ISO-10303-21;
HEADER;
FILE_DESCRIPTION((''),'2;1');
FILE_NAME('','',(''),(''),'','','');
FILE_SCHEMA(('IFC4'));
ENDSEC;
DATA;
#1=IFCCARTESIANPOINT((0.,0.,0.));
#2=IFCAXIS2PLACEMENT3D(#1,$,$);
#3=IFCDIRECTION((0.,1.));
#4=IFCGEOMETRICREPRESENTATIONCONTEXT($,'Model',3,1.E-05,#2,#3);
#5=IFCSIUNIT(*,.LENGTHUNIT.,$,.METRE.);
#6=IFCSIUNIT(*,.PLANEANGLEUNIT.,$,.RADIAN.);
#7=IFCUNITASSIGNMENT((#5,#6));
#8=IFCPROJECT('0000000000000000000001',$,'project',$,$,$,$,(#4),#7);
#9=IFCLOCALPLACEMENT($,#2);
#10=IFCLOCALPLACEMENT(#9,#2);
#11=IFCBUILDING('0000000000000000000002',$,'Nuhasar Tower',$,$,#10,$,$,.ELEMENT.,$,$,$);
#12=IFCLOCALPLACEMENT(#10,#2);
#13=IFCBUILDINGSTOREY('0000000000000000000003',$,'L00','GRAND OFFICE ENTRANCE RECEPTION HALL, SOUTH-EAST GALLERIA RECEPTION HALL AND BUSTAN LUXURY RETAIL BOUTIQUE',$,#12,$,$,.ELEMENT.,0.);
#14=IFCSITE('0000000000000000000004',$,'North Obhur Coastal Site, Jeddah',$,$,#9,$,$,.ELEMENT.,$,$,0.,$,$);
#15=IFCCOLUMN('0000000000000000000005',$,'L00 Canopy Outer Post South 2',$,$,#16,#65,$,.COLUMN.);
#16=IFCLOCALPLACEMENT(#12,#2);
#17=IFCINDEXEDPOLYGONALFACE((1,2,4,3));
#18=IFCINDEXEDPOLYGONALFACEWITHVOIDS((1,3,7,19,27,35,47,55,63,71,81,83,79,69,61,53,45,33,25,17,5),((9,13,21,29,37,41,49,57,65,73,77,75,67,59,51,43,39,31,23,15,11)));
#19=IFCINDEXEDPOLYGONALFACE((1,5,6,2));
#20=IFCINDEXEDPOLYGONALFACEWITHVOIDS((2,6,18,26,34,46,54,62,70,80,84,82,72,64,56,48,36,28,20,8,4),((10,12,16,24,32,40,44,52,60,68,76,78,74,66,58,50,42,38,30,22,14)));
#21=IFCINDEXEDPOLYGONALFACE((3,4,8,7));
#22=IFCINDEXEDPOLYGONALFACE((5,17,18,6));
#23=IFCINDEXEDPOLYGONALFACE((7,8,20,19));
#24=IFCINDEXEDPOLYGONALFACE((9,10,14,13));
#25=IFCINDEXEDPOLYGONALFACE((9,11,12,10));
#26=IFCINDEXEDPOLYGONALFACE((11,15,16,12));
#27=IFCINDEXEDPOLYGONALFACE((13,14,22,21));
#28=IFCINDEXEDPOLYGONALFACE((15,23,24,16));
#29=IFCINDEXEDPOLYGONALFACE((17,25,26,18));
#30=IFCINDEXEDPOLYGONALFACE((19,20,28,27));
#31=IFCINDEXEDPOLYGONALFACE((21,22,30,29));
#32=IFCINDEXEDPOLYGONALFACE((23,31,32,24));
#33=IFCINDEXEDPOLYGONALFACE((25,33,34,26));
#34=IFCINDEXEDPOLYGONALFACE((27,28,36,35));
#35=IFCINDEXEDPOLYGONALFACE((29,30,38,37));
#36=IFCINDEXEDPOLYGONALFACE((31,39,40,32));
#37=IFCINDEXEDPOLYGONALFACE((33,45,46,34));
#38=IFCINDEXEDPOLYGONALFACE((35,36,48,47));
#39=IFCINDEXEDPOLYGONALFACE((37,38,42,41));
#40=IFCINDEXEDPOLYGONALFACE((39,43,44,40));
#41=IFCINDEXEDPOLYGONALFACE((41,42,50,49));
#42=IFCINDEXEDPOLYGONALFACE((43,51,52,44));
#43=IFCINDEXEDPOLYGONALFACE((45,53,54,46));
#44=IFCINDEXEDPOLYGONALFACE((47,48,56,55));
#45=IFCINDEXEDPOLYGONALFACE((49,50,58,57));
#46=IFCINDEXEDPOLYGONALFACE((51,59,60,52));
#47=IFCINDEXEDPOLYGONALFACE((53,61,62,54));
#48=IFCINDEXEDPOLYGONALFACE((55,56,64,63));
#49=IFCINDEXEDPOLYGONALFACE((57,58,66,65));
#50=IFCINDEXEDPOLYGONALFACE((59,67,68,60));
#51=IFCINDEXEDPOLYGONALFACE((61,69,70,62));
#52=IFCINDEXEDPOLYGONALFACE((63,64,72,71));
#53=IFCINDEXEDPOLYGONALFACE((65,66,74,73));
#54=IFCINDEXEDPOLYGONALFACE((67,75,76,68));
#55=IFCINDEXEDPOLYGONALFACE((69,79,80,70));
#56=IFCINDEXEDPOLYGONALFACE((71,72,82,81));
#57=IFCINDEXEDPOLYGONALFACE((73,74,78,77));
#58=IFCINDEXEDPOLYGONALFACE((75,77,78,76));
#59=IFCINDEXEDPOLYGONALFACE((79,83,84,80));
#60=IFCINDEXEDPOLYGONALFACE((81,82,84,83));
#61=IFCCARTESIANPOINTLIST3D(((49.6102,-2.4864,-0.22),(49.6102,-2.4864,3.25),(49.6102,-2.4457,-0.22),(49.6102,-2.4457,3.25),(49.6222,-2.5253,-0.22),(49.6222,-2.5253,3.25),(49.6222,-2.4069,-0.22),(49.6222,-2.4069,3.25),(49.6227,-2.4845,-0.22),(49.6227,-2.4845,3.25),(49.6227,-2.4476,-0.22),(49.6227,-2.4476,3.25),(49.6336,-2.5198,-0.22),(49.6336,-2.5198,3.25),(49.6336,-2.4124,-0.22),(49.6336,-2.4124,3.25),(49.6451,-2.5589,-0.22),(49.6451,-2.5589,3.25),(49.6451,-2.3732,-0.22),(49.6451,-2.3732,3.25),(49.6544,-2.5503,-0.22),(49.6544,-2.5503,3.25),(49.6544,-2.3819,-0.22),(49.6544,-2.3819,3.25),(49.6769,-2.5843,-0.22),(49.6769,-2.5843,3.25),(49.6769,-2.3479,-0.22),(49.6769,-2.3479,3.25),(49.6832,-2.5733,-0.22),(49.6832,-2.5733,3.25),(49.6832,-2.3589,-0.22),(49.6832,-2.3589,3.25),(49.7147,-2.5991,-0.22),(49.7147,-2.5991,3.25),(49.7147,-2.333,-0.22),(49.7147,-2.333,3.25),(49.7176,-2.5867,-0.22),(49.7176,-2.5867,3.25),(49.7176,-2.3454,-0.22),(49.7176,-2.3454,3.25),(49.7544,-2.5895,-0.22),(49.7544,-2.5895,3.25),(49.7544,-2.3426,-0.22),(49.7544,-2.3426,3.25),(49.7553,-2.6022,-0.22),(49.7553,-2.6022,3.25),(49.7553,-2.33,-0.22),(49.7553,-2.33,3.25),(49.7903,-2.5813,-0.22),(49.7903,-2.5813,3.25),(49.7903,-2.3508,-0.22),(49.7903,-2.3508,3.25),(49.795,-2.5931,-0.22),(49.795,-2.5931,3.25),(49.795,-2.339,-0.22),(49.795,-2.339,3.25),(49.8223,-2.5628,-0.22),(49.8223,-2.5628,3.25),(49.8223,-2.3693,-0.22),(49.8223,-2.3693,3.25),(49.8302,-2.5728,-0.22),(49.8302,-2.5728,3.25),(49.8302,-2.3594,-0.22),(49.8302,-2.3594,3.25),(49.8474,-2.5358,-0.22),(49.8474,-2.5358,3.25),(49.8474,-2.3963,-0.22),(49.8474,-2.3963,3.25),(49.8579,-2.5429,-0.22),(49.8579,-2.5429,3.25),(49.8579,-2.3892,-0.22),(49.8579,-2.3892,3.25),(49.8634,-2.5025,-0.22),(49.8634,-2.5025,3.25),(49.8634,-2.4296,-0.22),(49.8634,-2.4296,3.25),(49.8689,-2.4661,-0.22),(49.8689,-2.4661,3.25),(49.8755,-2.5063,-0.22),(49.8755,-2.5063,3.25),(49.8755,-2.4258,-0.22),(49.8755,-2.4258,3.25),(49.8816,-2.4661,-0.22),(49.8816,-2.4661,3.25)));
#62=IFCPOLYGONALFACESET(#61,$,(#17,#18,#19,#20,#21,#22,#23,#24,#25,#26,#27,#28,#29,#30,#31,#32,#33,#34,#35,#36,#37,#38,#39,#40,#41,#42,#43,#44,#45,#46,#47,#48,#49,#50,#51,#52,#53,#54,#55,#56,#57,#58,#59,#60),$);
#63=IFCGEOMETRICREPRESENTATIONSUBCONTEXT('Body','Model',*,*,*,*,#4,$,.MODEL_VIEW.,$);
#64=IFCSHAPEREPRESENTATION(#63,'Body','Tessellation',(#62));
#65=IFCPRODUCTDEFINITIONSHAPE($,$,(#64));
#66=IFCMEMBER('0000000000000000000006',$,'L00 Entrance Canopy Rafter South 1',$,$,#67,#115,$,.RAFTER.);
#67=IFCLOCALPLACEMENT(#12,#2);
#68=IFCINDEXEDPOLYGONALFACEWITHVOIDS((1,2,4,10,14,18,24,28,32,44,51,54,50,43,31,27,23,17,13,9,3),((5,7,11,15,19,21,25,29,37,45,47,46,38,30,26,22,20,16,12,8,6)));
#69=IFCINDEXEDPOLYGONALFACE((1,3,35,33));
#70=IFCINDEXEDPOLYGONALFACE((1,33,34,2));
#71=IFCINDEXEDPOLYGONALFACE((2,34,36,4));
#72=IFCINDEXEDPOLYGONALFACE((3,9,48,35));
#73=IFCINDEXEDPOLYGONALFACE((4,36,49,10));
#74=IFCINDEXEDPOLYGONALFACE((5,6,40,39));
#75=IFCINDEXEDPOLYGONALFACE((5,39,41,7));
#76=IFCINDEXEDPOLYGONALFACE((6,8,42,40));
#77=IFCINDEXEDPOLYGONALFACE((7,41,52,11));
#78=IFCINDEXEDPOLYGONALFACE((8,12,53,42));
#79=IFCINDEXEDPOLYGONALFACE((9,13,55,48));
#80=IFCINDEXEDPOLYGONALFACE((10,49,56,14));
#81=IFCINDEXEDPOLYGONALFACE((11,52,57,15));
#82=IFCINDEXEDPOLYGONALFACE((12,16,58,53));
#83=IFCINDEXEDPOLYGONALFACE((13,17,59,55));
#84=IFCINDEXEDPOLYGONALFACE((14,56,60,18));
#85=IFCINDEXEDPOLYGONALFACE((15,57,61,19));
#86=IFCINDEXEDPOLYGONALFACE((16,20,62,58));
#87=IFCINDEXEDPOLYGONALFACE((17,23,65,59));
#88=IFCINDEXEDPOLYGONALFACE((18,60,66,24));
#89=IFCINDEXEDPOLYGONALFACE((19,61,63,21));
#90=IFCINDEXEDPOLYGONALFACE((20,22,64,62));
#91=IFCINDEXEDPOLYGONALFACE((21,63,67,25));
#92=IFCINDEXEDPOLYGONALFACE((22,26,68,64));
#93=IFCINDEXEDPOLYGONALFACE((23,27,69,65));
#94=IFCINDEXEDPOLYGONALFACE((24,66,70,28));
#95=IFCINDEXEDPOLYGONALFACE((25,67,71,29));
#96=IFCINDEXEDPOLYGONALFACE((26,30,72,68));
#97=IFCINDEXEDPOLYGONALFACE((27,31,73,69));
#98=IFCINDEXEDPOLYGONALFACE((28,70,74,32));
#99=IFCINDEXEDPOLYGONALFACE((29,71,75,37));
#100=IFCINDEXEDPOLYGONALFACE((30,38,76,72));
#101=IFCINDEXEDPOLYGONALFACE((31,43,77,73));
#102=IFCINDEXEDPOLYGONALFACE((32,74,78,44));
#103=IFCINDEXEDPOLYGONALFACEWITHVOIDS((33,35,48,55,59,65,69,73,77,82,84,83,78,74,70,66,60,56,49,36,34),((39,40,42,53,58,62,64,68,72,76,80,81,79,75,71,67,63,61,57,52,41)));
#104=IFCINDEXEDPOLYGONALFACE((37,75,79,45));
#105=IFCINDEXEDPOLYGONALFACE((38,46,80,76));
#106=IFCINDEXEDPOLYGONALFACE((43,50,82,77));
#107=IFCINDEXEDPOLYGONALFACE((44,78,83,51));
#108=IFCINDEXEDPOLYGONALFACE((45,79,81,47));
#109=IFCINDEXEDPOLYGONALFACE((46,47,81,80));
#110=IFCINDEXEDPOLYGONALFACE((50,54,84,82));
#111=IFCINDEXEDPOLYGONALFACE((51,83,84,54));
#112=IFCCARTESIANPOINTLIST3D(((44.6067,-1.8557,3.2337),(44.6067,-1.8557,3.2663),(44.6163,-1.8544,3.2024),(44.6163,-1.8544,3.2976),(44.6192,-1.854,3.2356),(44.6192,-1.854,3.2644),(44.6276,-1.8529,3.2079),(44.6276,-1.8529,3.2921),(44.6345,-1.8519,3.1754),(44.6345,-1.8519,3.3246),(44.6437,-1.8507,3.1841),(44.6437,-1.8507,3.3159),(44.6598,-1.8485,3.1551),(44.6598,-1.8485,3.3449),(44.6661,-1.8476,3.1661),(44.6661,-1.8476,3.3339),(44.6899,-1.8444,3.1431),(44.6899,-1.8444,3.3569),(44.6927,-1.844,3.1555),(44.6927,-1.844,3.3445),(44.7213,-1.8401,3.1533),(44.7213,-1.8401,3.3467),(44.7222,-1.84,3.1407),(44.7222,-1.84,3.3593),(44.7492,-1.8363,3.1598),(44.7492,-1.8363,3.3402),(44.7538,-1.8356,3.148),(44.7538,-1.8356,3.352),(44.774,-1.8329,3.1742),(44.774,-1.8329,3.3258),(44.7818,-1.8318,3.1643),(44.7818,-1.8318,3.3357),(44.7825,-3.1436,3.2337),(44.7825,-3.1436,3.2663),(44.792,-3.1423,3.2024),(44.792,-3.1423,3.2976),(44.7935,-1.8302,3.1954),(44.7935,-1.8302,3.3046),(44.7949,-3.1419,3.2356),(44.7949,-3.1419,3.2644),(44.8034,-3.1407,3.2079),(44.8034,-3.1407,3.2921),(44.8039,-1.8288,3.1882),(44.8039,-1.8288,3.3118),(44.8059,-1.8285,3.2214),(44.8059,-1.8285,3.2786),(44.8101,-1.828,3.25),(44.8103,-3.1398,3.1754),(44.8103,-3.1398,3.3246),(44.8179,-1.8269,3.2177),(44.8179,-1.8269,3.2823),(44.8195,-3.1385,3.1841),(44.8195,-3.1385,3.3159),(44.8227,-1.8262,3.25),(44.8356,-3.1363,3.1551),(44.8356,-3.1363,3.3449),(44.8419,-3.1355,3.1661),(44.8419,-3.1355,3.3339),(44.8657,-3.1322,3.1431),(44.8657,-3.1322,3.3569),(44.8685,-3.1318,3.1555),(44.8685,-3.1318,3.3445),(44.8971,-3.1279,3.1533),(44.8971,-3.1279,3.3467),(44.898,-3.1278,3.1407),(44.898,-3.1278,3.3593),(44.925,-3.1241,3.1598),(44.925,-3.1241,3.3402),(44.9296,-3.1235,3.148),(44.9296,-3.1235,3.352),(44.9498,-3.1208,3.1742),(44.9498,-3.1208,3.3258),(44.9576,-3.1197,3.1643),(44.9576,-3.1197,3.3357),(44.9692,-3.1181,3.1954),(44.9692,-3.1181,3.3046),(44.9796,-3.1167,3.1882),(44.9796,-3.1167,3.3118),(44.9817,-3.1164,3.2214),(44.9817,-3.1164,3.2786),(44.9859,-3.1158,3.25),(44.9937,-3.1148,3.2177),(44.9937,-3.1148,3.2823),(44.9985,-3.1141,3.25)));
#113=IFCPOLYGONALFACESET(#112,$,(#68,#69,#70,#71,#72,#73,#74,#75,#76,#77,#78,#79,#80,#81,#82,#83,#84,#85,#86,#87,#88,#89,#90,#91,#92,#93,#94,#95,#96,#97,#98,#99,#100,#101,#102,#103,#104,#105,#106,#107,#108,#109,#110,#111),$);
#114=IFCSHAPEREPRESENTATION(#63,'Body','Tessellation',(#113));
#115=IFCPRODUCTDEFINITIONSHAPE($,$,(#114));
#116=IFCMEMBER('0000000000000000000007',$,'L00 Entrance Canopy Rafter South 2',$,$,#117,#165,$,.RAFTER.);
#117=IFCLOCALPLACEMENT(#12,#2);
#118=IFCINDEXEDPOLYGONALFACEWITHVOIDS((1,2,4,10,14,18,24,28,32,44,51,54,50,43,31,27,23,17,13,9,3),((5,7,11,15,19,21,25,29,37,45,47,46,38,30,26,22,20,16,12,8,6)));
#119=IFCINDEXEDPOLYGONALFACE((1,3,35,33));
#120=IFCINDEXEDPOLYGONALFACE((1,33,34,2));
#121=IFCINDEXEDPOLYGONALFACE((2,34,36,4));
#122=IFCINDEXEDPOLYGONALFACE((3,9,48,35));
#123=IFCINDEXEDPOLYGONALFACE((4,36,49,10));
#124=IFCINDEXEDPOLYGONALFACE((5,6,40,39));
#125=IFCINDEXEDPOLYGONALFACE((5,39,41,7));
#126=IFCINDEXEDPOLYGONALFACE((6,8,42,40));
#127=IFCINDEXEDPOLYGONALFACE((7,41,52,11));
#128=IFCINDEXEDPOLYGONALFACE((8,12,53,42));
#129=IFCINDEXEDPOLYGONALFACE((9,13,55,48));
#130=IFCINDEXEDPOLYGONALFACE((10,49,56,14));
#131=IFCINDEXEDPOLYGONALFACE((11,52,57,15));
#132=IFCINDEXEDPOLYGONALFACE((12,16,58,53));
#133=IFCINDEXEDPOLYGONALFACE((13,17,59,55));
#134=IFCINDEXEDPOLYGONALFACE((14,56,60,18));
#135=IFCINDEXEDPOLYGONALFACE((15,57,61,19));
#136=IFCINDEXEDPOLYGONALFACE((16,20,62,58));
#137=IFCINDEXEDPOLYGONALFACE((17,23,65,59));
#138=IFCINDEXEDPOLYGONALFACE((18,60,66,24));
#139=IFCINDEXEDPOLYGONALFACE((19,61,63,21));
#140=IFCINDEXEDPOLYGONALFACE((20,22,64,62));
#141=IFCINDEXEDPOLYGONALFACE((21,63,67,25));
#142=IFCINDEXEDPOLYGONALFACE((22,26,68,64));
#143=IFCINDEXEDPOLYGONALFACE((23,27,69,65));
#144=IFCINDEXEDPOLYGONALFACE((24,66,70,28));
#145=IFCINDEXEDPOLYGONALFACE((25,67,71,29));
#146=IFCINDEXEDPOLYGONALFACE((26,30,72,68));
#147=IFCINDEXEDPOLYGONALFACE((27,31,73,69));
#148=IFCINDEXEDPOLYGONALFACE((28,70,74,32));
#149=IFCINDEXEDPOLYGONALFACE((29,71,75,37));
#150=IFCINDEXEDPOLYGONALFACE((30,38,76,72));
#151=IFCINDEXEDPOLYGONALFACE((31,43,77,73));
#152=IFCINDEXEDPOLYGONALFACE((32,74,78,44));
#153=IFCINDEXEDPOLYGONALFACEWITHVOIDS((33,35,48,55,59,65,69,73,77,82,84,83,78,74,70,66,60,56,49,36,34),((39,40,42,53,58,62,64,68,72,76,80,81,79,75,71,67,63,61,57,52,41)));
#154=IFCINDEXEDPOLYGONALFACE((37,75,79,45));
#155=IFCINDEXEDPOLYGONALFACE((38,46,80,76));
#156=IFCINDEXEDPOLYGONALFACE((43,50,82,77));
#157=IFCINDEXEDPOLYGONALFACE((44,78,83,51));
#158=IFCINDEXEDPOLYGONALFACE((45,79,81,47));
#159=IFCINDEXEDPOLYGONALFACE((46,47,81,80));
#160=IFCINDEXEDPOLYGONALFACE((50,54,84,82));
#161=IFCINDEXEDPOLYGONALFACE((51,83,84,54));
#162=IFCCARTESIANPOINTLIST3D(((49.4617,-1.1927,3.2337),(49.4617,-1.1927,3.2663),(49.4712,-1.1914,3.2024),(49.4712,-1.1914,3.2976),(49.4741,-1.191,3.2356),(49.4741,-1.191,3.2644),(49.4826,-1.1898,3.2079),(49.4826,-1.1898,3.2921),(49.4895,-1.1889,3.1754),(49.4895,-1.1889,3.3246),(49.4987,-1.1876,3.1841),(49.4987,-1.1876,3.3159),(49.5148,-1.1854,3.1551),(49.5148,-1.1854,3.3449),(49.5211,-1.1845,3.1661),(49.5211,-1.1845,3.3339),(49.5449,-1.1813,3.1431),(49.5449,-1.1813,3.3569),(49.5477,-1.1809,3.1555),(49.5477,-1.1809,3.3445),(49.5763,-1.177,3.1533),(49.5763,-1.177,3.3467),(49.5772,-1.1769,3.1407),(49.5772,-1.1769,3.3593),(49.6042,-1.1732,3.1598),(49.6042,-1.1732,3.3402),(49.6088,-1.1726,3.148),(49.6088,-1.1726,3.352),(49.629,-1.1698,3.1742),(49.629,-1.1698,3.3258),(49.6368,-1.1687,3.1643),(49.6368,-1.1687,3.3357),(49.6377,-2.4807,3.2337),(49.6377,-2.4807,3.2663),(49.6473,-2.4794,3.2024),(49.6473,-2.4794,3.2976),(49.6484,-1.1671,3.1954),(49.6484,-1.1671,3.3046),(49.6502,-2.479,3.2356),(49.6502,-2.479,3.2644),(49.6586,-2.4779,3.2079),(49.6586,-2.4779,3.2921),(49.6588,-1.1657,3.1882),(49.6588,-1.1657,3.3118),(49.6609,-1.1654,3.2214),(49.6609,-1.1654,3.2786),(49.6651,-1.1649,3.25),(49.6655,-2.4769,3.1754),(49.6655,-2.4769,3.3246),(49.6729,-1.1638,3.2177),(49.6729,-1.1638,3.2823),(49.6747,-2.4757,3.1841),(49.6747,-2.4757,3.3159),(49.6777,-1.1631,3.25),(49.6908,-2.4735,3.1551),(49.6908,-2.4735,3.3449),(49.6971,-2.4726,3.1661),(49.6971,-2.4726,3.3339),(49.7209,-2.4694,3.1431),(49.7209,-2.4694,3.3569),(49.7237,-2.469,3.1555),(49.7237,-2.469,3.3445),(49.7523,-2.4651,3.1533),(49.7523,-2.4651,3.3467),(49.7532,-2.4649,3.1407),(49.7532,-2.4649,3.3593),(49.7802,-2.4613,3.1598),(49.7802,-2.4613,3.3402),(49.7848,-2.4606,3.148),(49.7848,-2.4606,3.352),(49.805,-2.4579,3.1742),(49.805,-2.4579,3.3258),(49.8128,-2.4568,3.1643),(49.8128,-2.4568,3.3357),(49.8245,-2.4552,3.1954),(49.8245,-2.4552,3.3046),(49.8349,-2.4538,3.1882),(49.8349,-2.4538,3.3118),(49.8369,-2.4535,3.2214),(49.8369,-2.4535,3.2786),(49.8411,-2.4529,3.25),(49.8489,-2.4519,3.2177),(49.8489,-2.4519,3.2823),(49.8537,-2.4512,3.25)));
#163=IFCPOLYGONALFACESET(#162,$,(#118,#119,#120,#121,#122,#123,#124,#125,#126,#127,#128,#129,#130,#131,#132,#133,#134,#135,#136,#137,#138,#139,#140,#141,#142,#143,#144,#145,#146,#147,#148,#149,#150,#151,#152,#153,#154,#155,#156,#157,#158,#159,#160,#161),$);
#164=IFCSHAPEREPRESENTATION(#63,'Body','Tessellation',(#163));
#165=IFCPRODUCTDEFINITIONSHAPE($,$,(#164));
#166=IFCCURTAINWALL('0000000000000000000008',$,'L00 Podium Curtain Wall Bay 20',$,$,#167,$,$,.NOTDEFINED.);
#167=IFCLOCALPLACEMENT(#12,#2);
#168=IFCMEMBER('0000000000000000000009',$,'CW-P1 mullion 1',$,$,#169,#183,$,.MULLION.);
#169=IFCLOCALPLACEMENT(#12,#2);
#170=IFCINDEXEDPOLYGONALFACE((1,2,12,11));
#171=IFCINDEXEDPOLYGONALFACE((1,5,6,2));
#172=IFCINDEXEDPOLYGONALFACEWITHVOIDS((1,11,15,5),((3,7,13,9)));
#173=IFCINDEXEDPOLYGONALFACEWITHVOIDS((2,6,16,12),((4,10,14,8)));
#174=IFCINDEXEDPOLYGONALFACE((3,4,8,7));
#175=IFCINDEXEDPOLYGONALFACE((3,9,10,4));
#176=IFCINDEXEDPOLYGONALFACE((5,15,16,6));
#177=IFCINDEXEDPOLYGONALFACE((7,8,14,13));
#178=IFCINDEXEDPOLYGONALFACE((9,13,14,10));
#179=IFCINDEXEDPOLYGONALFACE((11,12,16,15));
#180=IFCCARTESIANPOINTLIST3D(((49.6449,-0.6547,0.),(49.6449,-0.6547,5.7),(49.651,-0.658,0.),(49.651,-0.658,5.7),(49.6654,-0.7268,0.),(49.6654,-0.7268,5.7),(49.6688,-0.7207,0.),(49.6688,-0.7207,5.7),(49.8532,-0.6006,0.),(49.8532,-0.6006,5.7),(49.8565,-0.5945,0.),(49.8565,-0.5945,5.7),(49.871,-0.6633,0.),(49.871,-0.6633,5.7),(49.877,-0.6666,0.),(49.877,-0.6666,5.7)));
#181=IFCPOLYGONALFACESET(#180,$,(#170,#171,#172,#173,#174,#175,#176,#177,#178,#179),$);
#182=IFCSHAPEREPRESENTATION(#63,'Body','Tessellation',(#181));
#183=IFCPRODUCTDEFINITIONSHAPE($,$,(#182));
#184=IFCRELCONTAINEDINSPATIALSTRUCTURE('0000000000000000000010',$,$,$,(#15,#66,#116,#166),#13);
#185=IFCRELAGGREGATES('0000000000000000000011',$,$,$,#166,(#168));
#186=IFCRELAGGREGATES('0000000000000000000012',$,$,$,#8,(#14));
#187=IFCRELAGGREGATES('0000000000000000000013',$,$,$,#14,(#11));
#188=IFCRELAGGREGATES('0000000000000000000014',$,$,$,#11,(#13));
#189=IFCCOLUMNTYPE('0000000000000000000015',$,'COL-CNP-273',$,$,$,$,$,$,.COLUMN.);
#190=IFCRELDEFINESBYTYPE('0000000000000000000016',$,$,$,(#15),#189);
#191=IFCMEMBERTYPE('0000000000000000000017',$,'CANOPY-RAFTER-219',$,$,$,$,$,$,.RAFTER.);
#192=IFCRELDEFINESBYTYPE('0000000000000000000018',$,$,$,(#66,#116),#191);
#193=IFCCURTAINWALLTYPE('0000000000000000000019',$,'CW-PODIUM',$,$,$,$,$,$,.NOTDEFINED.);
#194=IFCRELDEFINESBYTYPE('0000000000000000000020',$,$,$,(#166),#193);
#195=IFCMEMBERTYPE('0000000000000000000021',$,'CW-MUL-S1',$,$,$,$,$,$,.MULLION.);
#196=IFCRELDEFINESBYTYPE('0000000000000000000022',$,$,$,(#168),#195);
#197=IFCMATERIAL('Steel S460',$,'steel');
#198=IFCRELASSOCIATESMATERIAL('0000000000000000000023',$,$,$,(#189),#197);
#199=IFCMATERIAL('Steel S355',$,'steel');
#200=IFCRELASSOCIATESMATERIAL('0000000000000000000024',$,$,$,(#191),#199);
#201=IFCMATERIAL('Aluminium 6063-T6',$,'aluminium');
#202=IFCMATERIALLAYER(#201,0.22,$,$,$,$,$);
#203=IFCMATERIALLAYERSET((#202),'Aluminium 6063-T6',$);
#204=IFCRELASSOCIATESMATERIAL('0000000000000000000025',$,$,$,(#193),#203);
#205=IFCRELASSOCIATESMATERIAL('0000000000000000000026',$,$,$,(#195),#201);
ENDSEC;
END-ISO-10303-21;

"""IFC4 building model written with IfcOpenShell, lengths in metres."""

from ifc_helpers import new_model, si_unit, direction, frame, origin, origin_2d, place, context, subcontext, project, spatial, hollow_rectangle, hollow_circle, extrude, material, layer, layer_set, material_profile, profile_set, type_object, element, aggregate, save


model = new_model("IFC4")

# Units and contexts
model_context = context("Model", 3, precision=1e-05, world=origin(), true_north=direction((0.0, 1.0)))
body_context = subcontext(model_context, "Body", "Model", "MODEL_VIEW")
ifc_project = project(units=[si_unit("LENGTHUNIT", "METRE"), si_unit("PLANEANGLEUNIT", "RADIAN")], contexts=[model_context])

# Site, building, storey
site_placement = place(None, origin())
site = spatial("IfcSite", under=ifc_project, at=site_placement, Name="North Obhur Coastal Site, Jeddah", CompositionType="ELEMENT", RefElevation=0.0)
building_placement = place(site_placement, origin())
building = spatial("IfcBuilding", under=site, at=building_placement, Name="Nuhasar Tower", CompositionType="ELEMENT")
storey_placement = place(building_placement, origin())
storey = spatial("IfcBuildingStorey", under=building, at=storey_placement, Name="L00", Description="GRAND OFFICE ENTRANCE RECEPTION HALL, SOUTH-EAST GALLERIA RECEPTION HALL AND BUSTAN LUXURY RETAIL BOUTIQUE", CompositionType="ELEMENT", Elevation=0.0)

# Column
ifc_material_1 = material(Name="Steel S460", Category="steel")
ifc_material_profile_1 = material_profile(ifc_material_1, hollow_circle(Radius=0.1365, WallThickness=0.0127, at=origin_2d()), Name="HSS273.1X12.7")
ifc_profile_set_1 = profile_set([ifc_material_profile_1], Name="Steel S460")
column_type = type_object("IfcColumnType", Name="COL-CNP-273", PredefinedType="COLUMN", material=ifc_profile_set_1)
for number, where, z_axis, x_axis, name in (
    (1, (49.7451, -2.4661, -0.22), (0.0, 0.0, 1.0), (1.0, 0.0, 0.0), "L00 Canopy Outer Post South 2"),
):
    element("IfcColumn", number, at=place(storey_placement, frame(where, z_axis=z_axis, x_axis=x_axis)), inside=storey, type_object=column_type, Name=name, PredefinedType="COLUMN", context=body_context, shape_type="SweptSolid", body=[
        extrude(hollow_circle(Radius=0.1365, WallThickness=0.0127, at=origin_2d()), origin(), (0.0, 0.0, 1.0), 3.47),
    ])

# Members
ifc_material_2 = material(Name="Steel S355", Category="steel")
ifc_material_profile_2 = material_profile(ifc_material_2, hollow_circle(Radius=0.1096, WallThickness=0.0127, at=origin_2d()), Name="HSS219.1X12.7")
ifc_profile_set_2 = profile_set([ifc_material_profile_2], Name="Steel S355")
member_type_1 = type_object("IfcMemberType", Name="CANOPY-RAFTER-219", PredefinedType="RAFTER", material=ifc_profile_set_2)
member_1_placement = place(storey_placement, frame((44.7141, -1.8411, 3.25), z_axis=(0.135239, -0.990813, 0.0), x_axis=(0.990813, 0.135239, 0.0)))
element("IfcMember", 2, at=member_1_placement, inside=storey, type_object=member_type_1, Name="L00 Entrance Canopy Rafter South 1", PredefinedType="RAFTER", context=body_context, shape_type="SweptSolid", body=[
    extrude(hollow_circle(Radius=0.1096, WallThickness=0.0127, at=origin_2d()), origin(), (0.0, 0.0, 1.0), 1.2998),
])
member_2_placement = place(storey_placement, frame((49.5691, -1.178, 3.25), z_axis=(0.135398, -0.990791, 0.0), x_axis=(0.990791, 0.135398, 0.0)))
element("IfcMember", 3, at=member_2_placement, inside=storey, type_object=member_type_1, Name="L00 Entrance Canopy Rafter South 2", PredefinedType="RAFTER", context=body_context, shape_type="SweptSolid", body=[
    extrude(hollow_circle(Radius=0.1096, WallThickness=0.0127, at=origin_2d()), origin(), (0.0, 0.0, 1.0), 1.3),
])

# Curtain wall, member
ifc_material_3 = material(Name="Aluminium 6063-T6", Category="aluminium")
ifc_layer_1 = layer(ifc_material_3, 0.22)
ifc_layer_set_1 = layer_set([ifc_layer_1], Name="Aluminium 6063-T6")
curtain_wall_type = type_object("IfcCurtainWallType", Name="CW-PODIUM", PredefinedType="NOTDEFINED", material=ifc_layer_set_1)
curtain_wall_placement = place(storey_placement, origin())
curtain_wall = element("IfcCurtainWall", 4, at=curtain_wall_placement, inside=storey, type_object=curtain_wall_type, Name="L00 Podium Curtain Wall Bay 20", PredefinedType="NOTDEFINED")
ifc_material_profile_3 = material_profile(ifc_material_3, hollow_rectangle(XDim=0.075, YDim=0.22, WallThickness=0.0049, at=origin_2d()), Name="CWM-1")
ifc_profile_set_3 = profile_set([ifc_material_profile_3], Name="Aluminium 6063-T6")
member_type_2 = type_object("IfcMemberType", Name="CW-MUL-S1", PredefinedType="MULLION", material=ifc_profile_set_3)
member_3_placement = place(storey_placement, frame((49.761, -0.6606, 0.0), z_axis=(0.0, 0.0, 1.0), x_axis=(-0.273412, 0.961897, 0.0)))
member_3 = element("IfcMember", 5, at=member_3_placement, type_object=member_type_2, Name="CW-P1 mullion 1", PredefinedType="MULLION", context=body_context, shape_type="SweptSolid", body=[
    extrude(hollow_rectangle(XDim=0.075, YDim=0.22, WallThickness=0.0049, at=origin_2d()), origin(), (0.0, 0.0, 1.0), 5.7),
])
aggregate(curtain_wall, [member_3])

save(model, "model.ifc")
